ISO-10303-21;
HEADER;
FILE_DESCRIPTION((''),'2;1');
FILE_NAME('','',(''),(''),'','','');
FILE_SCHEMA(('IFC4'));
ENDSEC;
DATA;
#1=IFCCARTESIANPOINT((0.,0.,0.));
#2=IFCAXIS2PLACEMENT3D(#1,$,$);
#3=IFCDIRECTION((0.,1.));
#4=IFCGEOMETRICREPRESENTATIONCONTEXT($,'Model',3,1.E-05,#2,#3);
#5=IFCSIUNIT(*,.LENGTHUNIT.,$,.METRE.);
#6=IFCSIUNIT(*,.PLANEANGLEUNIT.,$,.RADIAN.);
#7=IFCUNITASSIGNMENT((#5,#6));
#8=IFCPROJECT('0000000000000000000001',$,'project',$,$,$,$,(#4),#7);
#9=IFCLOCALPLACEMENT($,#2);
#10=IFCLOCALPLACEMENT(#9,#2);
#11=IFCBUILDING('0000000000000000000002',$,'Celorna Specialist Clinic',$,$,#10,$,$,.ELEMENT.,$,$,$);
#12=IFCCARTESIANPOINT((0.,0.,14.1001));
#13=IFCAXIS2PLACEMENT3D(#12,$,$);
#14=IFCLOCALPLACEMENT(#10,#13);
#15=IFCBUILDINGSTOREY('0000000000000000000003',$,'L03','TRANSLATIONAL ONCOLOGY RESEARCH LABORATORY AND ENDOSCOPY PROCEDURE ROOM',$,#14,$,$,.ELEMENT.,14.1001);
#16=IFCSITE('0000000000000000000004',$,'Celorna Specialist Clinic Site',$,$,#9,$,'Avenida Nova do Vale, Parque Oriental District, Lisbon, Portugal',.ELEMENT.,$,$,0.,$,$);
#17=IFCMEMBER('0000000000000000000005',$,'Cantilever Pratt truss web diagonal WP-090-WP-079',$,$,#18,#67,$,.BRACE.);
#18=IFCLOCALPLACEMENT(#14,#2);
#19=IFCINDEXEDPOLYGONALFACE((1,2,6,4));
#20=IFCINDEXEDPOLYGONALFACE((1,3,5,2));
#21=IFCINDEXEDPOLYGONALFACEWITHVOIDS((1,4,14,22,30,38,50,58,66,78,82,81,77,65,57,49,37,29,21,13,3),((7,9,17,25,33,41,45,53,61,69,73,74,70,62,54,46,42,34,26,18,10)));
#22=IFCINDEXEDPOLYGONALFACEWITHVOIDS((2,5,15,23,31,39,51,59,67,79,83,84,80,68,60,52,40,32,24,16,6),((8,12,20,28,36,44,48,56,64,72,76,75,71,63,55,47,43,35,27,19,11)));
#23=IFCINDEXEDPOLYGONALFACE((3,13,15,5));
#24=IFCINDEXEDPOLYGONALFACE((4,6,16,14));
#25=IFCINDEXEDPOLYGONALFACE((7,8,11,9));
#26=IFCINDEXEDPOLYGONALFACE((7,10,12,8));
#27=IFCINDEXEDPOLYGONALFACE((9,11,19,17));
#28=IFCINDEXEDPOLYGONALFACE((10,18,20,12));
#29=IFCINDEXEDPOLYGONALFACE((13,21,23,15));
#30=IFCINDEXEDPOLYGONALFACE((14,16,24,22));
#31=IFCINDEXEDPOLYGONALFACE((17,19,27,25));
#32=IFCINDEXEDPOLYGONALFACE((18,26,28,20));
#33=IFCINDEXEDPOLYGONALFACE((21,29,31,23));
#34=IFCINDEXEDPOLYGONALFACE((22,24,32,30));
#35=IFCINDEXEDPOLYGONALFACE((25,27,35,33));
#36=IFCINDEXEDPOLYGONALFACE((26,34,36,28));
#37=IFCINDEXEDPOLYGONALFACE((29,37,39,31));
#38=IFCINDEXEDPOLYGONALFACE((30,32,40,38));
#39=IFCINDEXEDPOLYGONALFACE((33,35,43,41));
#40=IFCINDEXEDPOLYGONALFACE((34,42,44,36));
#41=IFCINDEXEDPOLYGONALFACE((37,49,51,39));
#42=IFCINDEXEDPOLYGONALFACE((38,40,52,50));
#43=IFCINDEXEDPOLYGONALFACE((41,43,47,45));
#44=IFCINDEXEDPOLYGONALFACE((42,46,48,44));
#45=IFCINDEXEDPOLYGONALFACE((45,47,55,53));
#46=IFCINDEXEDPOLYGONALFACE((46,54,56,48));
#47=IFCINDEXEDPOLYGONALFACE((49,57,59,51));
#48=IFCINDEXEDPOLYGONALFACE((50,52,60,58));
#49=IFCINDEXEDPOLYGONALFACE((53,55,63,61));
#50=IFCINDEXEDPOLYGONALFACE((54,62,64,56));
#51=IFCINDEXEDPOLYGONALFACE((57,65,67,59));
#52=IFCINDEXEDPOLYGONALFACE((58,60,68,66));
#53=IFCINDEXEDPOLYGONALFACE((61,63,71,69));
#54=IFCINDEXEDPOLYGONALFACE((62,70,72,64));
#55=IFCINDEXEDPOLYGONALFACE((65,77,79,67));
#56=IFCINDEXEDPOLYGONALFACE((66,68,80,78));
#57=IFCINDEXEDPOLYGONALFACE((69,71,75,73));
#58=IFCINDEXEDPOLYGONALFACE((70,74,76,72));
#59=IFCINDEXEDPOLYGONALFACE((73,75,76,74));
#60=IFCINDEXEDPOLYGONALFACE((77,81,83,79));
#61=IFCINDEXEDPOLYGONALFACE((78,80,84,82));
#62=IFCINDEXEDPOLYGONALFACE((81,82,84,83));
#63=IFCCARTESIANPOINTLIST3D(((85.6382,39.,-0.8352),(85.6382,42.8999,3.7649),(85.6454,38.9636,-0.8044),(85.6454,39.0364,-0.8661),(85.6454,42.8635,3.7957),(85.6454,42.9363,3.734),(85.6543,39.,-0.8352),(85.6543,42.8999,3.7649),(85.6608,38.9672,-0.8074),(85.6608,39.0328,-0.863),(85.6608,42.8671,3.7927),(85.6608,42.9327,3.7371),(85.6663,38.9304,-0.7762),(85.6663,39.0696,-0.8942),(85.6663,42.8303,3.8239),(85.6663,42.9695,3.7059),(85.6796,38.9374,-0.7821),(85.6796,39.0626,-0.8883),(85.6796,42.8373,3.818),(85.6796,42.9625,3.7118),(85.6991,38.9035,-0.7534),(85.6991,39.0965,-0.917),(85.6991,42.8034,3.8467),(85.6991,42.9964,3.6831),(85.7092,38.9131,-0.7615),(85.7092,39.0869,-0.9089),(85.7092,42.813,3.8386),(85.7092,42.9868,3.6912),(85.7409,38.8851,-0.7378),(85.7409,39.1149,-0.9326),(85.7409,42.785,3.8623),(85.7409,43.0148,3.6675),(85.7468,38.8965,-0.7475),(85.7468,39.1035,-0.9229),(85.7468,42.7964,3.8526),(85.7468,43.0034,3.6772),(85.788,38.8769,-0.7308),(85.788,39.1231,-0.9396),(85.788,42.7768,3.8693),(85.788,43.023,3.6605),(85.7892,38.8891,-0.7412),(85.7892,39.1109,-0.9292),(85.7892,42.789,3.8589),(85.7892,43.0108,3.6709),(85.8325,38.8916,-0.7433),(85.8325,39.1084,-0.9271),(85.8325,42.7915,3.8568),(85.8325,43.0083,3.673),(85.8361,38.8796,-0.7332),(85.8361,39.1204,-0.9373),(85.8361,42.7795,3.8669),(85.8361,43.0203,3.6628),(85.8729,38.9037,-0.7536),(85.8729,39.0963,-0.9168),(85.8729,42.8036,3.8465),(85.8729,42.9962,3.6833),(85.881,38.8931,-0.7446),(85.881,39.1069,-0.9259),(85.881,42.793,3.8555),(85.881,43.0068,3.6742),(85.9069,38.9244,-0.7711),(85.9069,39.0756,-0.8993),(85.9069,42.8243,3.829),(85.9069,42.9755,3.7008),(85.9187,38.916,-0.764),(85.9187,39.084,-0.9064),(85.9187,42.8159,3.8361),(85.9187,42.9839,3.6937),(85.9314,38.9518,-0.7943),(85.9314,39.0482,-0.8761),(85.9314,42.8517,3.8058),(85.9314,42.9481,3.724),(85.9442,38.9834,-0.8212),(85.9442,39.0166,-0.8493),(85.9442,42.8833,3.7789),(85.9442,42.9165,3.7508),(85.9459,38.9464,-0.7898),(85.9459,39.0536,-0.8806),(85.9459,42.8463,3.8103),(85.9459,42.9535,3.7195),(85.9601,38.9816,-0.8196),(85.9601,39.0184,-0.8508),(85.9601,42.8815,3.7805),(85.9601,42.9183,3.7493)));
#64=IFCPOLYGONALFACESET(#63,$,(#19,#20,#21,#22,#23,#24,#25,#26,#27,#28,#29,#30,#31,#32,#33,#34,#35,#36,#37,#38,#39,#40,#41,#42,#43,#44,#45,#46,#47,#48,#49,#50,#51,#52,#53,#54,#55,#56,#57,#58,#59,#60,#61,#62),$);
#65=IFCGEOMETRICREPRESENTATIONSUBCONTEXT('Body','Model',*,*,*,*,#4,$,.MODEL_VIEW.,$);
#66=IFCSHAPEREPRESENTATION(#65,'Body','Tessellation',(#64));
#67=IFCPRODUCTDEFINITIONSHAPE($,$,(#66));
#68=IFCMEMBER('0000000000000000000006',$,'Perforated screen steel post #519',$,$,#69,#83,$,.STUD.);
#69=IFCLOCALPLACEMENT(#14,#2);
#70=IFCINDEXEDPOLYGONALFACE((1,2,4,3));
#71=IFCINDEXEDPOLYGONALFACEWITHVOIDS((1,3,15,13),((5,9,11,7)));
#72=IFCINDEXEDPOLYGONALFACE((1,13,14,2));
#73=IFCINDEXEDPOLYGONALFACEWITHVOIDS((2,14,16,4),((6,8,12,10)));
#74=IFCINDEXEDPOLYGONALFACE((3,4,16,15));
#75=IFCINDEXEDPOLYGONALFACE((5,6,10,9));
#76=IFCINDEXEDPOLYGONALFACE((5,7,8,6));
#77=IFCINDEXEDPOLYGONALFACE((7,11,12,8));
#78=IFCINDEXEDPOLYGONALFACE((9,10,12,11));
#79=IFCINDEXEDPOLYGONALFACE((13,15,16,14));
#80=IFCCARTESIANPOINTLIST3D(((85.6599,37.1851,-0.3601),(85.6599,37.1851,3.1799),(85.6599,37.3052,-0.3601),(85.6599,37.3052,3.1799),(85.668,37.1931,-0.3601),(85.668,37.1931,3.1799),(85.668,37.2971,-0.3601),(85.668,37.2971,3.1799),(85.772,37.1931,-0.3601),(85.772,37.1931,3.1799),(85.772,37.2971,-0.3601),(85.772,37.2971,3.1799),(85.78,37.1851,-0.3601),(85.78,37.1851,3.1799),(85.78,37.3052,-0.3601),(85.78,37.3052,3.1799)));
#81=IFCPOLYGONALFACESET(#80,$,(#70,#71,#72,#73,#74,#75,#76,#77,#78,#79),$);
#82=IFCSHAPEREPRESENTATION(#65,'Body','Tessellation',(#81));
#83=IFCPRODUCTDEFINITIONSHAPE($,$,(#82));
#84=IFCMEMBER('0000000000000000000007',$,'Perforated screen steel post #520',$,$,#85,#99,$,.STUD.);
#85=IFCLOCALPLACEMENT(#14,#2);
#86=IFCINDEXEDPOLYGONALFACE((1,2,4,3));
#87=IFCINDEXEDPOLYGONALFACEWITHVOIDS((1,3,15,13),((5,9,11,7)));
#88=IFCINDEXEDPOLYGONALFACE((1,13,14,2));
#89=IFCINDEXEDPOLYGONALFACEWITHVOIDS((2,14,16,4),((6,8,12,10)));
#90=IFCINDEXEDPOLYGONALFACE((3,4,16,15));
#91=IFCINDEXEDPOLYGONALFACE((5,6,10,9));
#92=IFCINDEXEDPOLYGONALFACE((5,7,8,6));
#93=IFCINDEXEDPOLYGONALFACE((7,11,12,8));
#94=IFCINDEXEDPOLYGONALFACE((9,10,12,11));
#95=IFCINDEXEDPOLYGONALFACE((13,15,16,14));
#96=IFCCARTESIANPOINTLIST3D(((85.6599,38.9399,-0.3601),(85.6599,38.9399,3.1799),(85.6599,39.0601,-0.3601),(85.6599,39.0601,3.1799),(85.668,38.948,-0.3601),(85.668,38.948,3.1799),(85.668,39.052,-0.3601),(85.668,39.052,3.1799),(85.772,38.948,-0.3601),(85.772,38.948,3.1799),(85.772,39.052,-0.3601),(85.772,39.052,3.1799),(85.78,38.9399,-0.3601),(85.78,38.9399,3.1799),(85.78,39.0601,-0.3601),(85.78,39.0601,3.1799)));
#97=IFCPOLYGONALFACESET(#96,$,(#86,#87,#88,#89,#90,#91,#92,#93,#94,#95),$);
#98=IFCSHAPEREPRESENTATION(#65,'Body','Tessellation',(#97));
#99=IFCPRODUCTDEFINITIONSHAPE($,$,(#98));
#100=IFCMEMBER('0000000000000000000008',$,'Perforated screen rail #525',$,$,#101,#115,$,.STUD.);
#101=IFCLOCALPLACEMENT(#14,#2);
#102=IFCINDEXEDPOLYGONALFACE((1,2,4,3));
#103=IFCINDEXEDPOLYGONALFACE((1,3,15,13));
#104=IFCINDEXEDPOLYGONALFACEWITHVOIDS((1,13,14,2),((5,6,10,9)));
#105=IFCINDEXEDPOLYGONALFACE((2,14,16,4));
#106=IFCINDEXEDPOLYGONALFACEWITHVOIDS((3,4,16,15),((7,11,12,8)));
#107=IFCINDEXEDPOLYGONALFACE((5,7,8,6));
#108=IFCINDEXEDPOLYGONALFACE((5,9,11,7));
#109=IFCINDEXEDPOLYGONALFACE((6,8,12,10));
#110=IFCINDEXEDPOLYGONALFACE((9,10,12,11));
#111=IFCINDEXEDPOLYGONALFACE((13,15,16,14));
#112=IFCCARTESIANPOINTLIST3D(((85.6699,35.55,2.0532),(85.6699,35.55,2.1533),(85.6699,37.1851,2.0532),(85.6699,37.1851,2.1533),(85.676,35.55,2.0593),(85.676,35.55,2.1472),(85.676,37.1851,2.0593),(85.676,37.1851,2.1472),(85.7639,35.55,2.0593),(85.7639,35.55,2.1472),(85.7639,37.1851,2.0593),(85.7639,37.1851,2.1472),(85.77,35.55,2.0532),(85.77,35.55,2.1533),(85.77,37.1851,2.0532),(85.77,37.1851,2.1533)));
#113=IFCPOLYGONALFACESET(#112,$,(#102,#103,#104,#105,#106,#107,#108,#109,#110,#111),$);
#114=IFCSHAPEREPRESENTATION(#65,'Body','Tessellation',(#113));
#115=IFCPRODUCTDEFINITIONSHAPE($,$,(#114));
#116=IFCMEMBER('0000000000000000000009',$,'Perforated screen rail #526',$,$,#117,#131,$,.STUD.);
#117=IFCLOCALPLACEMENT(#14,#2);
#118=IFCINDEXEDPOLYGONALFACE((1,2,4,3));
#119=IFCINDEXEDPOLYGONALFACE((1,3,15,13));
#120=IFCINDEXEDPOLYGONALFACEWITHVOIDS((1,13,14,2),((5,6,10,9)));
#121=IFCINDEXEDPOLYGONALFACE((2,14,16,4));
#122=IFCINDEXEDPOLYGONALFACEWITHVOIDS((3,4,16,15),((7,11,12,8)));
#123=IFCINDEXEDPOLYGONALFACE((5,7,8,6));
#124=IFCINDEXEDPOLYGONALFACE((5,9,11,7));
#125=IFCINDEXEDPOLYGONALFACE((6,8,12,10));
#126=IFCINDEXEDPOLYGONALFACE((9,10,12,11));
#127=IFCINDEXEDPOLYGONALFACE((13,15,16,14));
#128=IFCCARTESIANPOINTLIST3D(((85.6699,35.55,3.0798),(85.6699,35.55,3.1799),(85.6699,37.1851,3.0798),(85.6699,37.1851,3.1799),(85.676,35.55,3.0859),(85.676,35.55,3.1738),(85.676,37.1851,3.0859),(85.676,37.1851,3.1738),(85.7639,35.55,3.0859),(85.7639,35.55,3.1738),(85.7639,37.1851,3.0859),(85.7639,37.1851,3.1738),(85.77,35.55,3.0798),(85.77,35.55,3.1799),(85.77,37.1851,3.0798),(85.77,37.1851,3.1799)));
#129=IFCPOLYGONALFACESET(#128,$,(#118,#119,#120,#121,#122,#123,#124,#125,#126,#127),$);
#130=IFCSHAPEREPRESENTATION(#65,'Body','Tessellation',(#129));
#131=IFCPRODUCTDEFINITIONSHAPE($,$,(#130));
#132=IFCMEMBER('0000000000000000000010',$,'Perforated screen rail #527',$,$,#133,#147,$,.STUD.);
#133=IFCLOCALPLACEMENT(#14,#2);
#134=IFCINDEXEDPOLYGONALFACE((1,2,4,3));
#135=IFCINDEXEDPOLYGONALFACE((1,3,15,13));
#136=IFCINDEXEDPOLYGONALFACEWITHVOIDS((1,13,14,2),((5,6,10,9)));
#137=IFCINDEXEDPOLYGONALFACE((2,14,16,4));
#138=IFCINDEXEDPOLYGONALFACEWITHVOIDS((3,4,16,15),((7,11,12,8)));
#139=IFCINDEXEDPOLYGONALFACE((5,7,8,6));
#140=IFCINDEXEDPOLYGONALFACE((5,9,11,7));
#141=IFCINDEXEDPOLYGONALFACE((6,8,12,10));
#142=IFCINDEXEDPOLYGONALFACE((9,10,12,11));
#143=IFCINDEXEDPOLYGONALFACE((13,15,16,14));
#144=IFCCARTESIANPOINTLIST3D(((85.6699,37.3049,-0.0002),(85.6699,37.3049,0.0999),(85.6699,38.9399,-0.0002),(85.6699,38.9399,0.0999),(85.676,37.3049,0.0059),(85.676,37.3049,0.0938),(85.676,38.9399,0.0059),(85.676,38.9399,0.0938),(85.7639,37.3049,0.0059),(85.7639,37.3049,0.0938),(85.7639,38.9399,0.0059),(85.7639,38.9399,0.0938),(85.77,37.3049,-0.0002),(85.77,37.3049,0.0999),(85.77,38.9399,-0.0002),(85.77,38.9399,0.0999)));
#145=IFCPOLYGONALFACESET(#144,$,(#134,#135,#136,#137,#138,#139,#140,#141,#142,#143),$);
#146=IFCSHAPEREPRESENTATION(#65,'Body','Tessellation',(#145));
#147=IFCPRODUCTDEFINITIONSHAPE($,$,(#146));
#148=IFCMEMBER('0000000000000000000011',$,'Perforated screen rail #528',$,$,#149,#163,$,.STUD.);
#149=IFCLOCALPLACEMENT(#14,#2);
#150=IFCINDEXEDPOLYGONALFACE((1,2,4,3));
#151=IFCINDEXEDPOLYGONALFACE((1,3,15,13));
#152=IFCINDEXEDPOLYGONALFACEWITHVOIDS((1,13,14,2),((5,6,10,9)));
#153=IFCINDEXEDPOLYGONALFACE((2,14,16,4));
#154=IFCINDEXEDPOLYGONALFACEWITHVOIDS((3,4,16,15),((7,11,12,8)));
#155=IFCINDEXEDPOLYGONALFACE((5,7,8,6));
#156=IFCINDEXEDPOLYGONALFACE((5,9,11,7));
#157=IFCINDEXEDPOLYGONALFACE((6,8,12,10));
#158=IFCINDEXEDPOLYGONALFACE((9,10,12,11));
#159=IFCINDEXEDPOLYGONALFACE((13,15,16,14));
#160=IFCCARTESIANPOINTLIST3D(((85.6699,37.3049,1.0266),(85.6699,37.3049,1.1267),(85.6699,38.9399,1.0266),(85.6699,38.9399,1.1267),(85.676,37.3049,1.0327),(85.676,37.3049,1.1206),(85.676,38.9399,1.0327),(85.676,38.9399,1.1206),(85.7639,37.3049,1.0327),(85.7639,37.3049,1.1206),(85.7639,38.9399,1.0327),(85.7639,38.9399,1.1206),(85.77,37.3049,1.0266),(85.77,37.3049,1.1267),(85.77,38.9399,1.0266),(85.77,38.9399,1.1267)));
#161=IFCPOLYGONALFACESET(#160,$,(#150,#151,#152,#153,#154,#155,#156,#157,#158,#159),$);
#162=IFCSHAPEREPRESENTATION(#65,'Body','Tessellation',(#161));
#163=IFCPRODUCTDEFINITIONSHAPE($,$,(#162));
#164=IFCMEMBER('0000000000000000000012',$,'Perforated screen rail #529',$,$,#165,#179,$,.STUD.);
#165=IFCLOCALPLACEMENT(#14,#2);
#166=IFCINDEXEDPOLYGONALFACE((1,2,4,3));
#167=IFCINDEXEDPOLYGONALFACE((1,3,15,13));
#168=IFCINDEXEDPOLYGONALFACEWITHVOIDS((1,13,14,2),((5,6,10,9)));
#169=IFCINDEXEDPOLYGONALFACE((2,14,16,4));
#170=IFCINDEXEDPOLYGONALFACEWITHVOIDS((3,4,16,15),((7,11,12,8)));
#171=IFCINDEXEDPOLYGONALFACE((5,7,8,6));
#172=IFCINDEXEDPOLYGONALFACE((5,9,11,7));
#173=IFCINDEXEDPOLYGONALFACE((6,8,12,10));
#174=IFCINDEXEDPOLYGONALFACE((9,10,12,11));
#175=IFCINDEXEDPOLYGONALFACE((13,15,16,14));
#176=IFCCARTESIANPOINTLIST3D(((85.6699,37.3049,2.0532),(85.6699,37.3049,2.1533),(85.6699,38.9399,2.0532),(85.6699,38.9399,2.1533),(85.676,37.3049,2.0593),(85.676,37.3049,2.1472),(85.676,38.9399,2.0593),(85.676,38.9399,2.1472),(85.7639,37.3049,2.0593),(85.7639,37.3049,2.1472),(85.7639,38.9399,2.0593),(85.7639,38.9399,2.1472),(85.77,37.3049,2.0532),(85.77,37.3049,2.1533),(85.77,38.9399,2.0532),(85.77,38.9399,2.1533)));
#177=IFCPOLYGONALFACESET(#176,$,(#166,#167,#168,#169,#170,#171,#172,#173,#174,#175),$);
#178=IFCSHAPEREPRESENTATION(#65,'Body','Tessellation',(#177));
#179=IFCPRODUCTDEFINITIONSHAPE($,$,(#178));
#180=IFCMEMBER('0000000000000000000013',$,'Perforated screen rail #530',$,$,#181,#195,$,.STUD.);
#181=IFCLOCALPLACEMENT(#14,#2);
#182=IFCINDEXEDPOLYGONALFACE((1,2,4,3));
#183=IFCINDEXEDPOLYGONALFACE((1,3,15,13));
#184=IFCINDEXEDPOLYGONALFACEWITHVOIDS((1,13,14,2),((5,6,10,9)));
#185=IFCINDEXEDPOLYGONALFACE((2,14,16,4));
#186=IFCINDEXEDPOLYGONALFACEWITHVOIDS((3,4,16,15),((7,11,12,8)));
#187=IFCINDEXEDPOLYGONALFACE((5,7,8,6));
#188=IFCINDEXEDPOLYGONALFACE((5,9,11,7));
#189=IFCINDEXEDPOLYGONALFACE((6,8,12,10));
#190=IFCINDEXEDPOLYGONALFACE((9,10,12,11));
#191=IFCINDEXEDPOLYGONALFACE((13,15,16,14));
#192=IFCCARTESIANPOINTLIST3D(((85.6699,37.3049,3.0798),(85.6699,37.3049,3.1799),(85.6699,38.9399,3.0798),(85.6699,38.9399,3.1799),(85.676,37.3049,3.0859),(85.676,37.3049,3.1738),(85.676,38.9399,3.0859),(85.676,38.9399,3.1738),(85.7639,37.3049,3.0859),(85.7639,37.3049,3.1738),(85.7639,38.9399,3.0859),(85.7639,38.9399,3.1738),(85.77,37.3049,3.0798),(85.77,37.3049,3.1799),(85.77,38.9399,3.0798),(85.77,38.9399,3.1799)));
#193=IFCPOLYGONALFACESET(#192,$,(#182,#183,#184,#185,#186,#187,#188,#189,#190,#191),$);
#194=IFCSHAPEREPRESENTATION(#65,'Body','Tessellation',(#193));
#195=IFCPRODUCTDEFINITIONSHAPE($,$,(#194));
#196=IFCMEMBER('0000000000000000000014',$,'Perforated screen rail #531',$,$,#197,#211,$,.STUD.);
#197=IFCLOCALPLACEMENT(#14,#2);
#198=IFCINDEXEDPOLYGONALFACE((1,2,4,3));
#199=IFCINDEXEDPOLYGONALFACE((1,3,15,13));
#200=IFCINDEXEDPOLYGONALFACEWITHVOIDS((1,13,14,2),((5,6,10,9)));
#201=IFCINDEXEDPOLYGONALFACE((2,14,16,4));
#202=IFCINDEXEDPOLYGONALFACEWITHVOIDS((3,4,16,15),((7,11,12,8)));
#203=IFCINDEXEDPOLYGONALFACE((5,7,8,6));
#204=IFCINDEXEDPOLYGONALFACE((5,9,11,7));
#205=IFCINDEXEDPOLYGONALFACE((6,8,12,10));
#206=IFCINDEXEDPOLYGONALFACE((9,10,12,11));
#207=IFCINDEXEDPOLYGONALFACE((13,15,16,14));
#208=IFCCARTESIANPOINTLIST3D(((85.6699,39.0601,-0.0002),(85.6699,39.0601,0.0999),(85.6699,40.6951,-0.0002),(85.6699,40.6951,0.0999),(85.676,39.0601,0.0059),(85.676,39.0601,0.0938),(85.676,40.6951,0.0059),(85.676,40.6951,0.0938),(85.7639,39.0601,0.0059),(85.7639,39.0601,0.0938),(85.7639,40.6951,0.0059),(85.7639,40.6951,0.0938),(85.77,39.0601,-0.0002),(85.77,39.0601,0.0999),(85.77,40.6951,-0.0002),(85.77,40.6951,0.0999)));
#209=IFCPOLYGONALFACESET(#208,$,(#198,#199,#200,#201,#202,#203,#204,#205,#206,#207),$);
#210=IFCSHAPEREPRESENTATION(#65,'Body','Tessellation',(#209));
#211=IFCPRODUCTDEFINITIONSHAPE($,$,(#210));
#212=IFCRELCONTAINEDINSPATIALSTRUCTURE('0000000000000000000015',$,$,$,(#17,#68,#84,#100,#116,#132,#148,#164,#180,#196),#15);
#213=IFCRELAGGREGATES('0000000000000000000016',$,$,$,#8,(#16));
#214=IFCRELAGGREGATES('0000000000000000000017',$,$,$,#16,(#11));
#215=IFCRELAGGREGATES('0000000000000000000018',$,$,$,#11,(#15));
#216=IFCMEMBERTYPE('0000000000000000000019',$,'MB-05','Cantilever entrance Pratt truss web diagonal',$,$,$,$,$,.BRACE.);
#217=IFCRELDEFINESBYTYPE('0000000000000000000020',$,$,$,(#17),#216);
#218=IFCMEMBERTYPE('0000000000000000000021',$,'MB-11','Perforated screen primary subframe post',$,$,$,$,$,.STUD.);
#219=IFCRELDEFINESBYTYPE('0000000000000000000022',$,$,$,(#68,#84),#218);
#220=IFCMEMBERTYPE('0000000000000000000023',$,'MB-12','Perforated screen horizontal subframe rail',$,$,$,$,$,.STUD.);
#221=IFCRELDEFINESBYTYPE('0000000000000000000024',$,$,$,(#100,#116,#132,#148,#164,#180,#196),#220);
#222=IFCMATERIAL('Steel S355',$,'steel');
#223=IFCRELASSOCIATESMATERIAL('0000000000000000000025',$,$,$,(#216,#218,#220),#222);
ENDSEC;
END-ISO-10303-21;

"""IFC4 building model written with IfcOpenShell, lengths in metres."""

from ifc_helpers import new_model, si_unit, direction, frame, origin, origin_2d, place, context, subcontext, project, spatial, hollow_rectangle, hollow_circle, extrude, material, material_profile, profile_set, type_object, element, save


model = new_model("IFC4")

# Units and contexts
model_context = context("Model", 3, precision=1e-05, world=origin(), true_north=direction((0.0, 1.0)))
body_context = subcontext(model_context, "Body", "Model", "MODEL_VIEW")
ifc_project = project(units=[si_unit("LENGTHUNIT", "METRE"), si_unit("PLANEANGLEUNIT", "RADIAN")], contexts=[model_context])

# Site, building, storey
site_placement = place(None, origin())
site = spatial("IfcSite", under=ifc_project, at=site_placement, Name="Celorna Specialist Clinic Site", LongName="Avenida Nova do Vale, Parque Oriental District, Lisbon, Portugal", CompositionType="ELEMENT", RefElevation=0.0)
building_placement = place(site_placement, origin())
building = spatial("IfcBuilding", under=site, at=building_placement, Name="Celorna Specialist Clinic", CompositionType="ELEMENT")
storey_placement = place(building_placement, frame((0.0, 0.0, 14.1001)))
storey = spatial("IfcBuildingStorey", under=building, at=storey_placement, Name="L03", Description="TRANSLATIONAL ONCOLOGY RESEARCH LABORATORY AND ENDOSCOPY PROCEDURE ROOM", CompositionType="ELEMENT", Elevation=14.1001)

# Members
ifc_material_1 = material(Name="Steel S355", Category="steel")
ifc_material_profile_1 = material_profile(ifc_material_1, hollow_circle(Radius=0.1619, WallThickness=0.0161, at=origin_2d()), Name="CHS 323.9x16")
ifc_profile_set_1 = profile_set([ifc_material_profile_1], Name="Steel S355")
member_type_1 = type_object("IfcMemberType", Name="MB-05", Description="Cantilever entrance Pratt truss web diagonal", PredefinedType="BRACE", material=ifc_profile_set_1)
member_placement = place(storey_placement, frame((85.8, 39.0, -0.8352), z_axis=(0.0, 0.646668, 0.762772), x_axis=(-1.0, 0.0, 0.0)))
element("IfcMember", 1, at=member_placement, inside=storey, type_object=member_type_1, Name="Cantilever Pratt truss web diagonal WP-090-WP-079", PredefinedType="BRACE", context=body_context, shape_type="SweptSolid", body=[
    extrude(hollow_circle(Radius=0.1619, WallThickness=0.0161, at=origin_2d()), origin(), (0.0, 0.0, 1.0), 6.0308),
])
ifc_material_profile_2 = material_profile(ifc_material_1, hollow_rectangle(XDim=0.1201, YDim=0.1201, WallThickness=0.0081, at=origin_2d()), Name="SHS 120x120x8")
ifc_profile_set_2 = profile_set([ifc_material_profile_2], Name="Steel S355")
member_type_2 = type_object("IfcMemberType", Name="MB-11", Description="Perforated screen primary subframe post", PredefinedType="STUD", material=ifc_profile_set_2)
for number, where, z_axis, x_axis, name in (
    (2, (85.72, 37.2451, -0.3601), (0.0, 0.0, 1.0), (1.0, 0.0, 0.0), "Perforated screen steel post #519"),
    (3, (85.72, 39.0, -0.3601), (0.0, 0.0, 1.0), (1.0, 0.0, 0.0), "Perforated screen steel post #520"),
):
    element("IfcMember", number, at=place(storey_placement, frame(where, z_axis=z_axis, x_axis=x_axis)), inside=storey, type_object=member_type_2, Name=name, PredefinedType="STUD", context=body_context, shape_type="SweptSolid", body=[
        extrude(hollow_rectangle(XDim=0.1201, YDim=0.1201, WallThickness=0.0081, at=origin_2d()), origin(), (0.0, 0.0, 1.0), 3.54),
    ])
ifc_material_profile_3 = material_profile(ifc_material_1, hollow_rectangle(XDim=0.1001, YDim=0.1001, WallThickness=0.0061, at=origin_2d()), Name="SHS 100x100x6")
ifc_profile_set_3 = profile_set([ifc_material_profile_3], Name="Steel S355")
member_type_3 = type_object("IfcMemberType", Name="MB-12", Description="Perforated screen horizontal subframe rail", PredefinedType="STUD", material=ifc_profile_set_3)
for number, where, z_axis, x_axis, name in (
    (4, (85.72, 35.55, 2.1033), (0.0, 1.0, 0.0), (-1.0, 0.0, 0.0), "Perforated screen rail #525"),
    (5, (85.72, 35.55, 3.1299), (0.0, 1.0, 0.0), (-1.0, 0.0, 0.0), "Perforated screen rail #526"),
    (6, (85.72, 37.3049, 0.0498), (0.0, 1.0, 0.0), (-1.0, 0.0, 0.0), "Perforated screen rail #527"),
    (7, (85.72, 37.3049, 1.0767), (0.0, 1.0, 0.0), (-1.0, 0.0, 0.0), "Perforated screen rail #528"),
    (8, (85.72, 37.3049, 2.1033), (0.0, 1.0, 0.0), (-1.0, 0.0, 0.0), "Perforated screen rail #529"),
    (9, (85.72, 37.3049, 3.1299), (0.0, 1.0, 0.0), (-1.0, 0.0, 0.0), "Perforated screen rail #530"),
    (10, (85.72, 39.0601, 0.0498), (0.0, 1.0, 0.0), (-1.0, 0.0, 0.0), "Perforated screen rail #531"),
):
    element("IfcMember", number, at=place(storey_placement, frame(where, z_axis=z_axis, x_axis=x_axis)), inside=storey, type_object=member_type_3, Name=name, PredefinedType="STUD", context=body_context, shape_type="SweptSolid", body=[
        extrude(hollow_rectangle(XDim=0.1001, YDim=0.1001, WallThickness=0.0061, at=origin_2d()), origin(), (0.0, 0.0, 1.0), 1.635),
    ])

save(model, "model.ifc")
